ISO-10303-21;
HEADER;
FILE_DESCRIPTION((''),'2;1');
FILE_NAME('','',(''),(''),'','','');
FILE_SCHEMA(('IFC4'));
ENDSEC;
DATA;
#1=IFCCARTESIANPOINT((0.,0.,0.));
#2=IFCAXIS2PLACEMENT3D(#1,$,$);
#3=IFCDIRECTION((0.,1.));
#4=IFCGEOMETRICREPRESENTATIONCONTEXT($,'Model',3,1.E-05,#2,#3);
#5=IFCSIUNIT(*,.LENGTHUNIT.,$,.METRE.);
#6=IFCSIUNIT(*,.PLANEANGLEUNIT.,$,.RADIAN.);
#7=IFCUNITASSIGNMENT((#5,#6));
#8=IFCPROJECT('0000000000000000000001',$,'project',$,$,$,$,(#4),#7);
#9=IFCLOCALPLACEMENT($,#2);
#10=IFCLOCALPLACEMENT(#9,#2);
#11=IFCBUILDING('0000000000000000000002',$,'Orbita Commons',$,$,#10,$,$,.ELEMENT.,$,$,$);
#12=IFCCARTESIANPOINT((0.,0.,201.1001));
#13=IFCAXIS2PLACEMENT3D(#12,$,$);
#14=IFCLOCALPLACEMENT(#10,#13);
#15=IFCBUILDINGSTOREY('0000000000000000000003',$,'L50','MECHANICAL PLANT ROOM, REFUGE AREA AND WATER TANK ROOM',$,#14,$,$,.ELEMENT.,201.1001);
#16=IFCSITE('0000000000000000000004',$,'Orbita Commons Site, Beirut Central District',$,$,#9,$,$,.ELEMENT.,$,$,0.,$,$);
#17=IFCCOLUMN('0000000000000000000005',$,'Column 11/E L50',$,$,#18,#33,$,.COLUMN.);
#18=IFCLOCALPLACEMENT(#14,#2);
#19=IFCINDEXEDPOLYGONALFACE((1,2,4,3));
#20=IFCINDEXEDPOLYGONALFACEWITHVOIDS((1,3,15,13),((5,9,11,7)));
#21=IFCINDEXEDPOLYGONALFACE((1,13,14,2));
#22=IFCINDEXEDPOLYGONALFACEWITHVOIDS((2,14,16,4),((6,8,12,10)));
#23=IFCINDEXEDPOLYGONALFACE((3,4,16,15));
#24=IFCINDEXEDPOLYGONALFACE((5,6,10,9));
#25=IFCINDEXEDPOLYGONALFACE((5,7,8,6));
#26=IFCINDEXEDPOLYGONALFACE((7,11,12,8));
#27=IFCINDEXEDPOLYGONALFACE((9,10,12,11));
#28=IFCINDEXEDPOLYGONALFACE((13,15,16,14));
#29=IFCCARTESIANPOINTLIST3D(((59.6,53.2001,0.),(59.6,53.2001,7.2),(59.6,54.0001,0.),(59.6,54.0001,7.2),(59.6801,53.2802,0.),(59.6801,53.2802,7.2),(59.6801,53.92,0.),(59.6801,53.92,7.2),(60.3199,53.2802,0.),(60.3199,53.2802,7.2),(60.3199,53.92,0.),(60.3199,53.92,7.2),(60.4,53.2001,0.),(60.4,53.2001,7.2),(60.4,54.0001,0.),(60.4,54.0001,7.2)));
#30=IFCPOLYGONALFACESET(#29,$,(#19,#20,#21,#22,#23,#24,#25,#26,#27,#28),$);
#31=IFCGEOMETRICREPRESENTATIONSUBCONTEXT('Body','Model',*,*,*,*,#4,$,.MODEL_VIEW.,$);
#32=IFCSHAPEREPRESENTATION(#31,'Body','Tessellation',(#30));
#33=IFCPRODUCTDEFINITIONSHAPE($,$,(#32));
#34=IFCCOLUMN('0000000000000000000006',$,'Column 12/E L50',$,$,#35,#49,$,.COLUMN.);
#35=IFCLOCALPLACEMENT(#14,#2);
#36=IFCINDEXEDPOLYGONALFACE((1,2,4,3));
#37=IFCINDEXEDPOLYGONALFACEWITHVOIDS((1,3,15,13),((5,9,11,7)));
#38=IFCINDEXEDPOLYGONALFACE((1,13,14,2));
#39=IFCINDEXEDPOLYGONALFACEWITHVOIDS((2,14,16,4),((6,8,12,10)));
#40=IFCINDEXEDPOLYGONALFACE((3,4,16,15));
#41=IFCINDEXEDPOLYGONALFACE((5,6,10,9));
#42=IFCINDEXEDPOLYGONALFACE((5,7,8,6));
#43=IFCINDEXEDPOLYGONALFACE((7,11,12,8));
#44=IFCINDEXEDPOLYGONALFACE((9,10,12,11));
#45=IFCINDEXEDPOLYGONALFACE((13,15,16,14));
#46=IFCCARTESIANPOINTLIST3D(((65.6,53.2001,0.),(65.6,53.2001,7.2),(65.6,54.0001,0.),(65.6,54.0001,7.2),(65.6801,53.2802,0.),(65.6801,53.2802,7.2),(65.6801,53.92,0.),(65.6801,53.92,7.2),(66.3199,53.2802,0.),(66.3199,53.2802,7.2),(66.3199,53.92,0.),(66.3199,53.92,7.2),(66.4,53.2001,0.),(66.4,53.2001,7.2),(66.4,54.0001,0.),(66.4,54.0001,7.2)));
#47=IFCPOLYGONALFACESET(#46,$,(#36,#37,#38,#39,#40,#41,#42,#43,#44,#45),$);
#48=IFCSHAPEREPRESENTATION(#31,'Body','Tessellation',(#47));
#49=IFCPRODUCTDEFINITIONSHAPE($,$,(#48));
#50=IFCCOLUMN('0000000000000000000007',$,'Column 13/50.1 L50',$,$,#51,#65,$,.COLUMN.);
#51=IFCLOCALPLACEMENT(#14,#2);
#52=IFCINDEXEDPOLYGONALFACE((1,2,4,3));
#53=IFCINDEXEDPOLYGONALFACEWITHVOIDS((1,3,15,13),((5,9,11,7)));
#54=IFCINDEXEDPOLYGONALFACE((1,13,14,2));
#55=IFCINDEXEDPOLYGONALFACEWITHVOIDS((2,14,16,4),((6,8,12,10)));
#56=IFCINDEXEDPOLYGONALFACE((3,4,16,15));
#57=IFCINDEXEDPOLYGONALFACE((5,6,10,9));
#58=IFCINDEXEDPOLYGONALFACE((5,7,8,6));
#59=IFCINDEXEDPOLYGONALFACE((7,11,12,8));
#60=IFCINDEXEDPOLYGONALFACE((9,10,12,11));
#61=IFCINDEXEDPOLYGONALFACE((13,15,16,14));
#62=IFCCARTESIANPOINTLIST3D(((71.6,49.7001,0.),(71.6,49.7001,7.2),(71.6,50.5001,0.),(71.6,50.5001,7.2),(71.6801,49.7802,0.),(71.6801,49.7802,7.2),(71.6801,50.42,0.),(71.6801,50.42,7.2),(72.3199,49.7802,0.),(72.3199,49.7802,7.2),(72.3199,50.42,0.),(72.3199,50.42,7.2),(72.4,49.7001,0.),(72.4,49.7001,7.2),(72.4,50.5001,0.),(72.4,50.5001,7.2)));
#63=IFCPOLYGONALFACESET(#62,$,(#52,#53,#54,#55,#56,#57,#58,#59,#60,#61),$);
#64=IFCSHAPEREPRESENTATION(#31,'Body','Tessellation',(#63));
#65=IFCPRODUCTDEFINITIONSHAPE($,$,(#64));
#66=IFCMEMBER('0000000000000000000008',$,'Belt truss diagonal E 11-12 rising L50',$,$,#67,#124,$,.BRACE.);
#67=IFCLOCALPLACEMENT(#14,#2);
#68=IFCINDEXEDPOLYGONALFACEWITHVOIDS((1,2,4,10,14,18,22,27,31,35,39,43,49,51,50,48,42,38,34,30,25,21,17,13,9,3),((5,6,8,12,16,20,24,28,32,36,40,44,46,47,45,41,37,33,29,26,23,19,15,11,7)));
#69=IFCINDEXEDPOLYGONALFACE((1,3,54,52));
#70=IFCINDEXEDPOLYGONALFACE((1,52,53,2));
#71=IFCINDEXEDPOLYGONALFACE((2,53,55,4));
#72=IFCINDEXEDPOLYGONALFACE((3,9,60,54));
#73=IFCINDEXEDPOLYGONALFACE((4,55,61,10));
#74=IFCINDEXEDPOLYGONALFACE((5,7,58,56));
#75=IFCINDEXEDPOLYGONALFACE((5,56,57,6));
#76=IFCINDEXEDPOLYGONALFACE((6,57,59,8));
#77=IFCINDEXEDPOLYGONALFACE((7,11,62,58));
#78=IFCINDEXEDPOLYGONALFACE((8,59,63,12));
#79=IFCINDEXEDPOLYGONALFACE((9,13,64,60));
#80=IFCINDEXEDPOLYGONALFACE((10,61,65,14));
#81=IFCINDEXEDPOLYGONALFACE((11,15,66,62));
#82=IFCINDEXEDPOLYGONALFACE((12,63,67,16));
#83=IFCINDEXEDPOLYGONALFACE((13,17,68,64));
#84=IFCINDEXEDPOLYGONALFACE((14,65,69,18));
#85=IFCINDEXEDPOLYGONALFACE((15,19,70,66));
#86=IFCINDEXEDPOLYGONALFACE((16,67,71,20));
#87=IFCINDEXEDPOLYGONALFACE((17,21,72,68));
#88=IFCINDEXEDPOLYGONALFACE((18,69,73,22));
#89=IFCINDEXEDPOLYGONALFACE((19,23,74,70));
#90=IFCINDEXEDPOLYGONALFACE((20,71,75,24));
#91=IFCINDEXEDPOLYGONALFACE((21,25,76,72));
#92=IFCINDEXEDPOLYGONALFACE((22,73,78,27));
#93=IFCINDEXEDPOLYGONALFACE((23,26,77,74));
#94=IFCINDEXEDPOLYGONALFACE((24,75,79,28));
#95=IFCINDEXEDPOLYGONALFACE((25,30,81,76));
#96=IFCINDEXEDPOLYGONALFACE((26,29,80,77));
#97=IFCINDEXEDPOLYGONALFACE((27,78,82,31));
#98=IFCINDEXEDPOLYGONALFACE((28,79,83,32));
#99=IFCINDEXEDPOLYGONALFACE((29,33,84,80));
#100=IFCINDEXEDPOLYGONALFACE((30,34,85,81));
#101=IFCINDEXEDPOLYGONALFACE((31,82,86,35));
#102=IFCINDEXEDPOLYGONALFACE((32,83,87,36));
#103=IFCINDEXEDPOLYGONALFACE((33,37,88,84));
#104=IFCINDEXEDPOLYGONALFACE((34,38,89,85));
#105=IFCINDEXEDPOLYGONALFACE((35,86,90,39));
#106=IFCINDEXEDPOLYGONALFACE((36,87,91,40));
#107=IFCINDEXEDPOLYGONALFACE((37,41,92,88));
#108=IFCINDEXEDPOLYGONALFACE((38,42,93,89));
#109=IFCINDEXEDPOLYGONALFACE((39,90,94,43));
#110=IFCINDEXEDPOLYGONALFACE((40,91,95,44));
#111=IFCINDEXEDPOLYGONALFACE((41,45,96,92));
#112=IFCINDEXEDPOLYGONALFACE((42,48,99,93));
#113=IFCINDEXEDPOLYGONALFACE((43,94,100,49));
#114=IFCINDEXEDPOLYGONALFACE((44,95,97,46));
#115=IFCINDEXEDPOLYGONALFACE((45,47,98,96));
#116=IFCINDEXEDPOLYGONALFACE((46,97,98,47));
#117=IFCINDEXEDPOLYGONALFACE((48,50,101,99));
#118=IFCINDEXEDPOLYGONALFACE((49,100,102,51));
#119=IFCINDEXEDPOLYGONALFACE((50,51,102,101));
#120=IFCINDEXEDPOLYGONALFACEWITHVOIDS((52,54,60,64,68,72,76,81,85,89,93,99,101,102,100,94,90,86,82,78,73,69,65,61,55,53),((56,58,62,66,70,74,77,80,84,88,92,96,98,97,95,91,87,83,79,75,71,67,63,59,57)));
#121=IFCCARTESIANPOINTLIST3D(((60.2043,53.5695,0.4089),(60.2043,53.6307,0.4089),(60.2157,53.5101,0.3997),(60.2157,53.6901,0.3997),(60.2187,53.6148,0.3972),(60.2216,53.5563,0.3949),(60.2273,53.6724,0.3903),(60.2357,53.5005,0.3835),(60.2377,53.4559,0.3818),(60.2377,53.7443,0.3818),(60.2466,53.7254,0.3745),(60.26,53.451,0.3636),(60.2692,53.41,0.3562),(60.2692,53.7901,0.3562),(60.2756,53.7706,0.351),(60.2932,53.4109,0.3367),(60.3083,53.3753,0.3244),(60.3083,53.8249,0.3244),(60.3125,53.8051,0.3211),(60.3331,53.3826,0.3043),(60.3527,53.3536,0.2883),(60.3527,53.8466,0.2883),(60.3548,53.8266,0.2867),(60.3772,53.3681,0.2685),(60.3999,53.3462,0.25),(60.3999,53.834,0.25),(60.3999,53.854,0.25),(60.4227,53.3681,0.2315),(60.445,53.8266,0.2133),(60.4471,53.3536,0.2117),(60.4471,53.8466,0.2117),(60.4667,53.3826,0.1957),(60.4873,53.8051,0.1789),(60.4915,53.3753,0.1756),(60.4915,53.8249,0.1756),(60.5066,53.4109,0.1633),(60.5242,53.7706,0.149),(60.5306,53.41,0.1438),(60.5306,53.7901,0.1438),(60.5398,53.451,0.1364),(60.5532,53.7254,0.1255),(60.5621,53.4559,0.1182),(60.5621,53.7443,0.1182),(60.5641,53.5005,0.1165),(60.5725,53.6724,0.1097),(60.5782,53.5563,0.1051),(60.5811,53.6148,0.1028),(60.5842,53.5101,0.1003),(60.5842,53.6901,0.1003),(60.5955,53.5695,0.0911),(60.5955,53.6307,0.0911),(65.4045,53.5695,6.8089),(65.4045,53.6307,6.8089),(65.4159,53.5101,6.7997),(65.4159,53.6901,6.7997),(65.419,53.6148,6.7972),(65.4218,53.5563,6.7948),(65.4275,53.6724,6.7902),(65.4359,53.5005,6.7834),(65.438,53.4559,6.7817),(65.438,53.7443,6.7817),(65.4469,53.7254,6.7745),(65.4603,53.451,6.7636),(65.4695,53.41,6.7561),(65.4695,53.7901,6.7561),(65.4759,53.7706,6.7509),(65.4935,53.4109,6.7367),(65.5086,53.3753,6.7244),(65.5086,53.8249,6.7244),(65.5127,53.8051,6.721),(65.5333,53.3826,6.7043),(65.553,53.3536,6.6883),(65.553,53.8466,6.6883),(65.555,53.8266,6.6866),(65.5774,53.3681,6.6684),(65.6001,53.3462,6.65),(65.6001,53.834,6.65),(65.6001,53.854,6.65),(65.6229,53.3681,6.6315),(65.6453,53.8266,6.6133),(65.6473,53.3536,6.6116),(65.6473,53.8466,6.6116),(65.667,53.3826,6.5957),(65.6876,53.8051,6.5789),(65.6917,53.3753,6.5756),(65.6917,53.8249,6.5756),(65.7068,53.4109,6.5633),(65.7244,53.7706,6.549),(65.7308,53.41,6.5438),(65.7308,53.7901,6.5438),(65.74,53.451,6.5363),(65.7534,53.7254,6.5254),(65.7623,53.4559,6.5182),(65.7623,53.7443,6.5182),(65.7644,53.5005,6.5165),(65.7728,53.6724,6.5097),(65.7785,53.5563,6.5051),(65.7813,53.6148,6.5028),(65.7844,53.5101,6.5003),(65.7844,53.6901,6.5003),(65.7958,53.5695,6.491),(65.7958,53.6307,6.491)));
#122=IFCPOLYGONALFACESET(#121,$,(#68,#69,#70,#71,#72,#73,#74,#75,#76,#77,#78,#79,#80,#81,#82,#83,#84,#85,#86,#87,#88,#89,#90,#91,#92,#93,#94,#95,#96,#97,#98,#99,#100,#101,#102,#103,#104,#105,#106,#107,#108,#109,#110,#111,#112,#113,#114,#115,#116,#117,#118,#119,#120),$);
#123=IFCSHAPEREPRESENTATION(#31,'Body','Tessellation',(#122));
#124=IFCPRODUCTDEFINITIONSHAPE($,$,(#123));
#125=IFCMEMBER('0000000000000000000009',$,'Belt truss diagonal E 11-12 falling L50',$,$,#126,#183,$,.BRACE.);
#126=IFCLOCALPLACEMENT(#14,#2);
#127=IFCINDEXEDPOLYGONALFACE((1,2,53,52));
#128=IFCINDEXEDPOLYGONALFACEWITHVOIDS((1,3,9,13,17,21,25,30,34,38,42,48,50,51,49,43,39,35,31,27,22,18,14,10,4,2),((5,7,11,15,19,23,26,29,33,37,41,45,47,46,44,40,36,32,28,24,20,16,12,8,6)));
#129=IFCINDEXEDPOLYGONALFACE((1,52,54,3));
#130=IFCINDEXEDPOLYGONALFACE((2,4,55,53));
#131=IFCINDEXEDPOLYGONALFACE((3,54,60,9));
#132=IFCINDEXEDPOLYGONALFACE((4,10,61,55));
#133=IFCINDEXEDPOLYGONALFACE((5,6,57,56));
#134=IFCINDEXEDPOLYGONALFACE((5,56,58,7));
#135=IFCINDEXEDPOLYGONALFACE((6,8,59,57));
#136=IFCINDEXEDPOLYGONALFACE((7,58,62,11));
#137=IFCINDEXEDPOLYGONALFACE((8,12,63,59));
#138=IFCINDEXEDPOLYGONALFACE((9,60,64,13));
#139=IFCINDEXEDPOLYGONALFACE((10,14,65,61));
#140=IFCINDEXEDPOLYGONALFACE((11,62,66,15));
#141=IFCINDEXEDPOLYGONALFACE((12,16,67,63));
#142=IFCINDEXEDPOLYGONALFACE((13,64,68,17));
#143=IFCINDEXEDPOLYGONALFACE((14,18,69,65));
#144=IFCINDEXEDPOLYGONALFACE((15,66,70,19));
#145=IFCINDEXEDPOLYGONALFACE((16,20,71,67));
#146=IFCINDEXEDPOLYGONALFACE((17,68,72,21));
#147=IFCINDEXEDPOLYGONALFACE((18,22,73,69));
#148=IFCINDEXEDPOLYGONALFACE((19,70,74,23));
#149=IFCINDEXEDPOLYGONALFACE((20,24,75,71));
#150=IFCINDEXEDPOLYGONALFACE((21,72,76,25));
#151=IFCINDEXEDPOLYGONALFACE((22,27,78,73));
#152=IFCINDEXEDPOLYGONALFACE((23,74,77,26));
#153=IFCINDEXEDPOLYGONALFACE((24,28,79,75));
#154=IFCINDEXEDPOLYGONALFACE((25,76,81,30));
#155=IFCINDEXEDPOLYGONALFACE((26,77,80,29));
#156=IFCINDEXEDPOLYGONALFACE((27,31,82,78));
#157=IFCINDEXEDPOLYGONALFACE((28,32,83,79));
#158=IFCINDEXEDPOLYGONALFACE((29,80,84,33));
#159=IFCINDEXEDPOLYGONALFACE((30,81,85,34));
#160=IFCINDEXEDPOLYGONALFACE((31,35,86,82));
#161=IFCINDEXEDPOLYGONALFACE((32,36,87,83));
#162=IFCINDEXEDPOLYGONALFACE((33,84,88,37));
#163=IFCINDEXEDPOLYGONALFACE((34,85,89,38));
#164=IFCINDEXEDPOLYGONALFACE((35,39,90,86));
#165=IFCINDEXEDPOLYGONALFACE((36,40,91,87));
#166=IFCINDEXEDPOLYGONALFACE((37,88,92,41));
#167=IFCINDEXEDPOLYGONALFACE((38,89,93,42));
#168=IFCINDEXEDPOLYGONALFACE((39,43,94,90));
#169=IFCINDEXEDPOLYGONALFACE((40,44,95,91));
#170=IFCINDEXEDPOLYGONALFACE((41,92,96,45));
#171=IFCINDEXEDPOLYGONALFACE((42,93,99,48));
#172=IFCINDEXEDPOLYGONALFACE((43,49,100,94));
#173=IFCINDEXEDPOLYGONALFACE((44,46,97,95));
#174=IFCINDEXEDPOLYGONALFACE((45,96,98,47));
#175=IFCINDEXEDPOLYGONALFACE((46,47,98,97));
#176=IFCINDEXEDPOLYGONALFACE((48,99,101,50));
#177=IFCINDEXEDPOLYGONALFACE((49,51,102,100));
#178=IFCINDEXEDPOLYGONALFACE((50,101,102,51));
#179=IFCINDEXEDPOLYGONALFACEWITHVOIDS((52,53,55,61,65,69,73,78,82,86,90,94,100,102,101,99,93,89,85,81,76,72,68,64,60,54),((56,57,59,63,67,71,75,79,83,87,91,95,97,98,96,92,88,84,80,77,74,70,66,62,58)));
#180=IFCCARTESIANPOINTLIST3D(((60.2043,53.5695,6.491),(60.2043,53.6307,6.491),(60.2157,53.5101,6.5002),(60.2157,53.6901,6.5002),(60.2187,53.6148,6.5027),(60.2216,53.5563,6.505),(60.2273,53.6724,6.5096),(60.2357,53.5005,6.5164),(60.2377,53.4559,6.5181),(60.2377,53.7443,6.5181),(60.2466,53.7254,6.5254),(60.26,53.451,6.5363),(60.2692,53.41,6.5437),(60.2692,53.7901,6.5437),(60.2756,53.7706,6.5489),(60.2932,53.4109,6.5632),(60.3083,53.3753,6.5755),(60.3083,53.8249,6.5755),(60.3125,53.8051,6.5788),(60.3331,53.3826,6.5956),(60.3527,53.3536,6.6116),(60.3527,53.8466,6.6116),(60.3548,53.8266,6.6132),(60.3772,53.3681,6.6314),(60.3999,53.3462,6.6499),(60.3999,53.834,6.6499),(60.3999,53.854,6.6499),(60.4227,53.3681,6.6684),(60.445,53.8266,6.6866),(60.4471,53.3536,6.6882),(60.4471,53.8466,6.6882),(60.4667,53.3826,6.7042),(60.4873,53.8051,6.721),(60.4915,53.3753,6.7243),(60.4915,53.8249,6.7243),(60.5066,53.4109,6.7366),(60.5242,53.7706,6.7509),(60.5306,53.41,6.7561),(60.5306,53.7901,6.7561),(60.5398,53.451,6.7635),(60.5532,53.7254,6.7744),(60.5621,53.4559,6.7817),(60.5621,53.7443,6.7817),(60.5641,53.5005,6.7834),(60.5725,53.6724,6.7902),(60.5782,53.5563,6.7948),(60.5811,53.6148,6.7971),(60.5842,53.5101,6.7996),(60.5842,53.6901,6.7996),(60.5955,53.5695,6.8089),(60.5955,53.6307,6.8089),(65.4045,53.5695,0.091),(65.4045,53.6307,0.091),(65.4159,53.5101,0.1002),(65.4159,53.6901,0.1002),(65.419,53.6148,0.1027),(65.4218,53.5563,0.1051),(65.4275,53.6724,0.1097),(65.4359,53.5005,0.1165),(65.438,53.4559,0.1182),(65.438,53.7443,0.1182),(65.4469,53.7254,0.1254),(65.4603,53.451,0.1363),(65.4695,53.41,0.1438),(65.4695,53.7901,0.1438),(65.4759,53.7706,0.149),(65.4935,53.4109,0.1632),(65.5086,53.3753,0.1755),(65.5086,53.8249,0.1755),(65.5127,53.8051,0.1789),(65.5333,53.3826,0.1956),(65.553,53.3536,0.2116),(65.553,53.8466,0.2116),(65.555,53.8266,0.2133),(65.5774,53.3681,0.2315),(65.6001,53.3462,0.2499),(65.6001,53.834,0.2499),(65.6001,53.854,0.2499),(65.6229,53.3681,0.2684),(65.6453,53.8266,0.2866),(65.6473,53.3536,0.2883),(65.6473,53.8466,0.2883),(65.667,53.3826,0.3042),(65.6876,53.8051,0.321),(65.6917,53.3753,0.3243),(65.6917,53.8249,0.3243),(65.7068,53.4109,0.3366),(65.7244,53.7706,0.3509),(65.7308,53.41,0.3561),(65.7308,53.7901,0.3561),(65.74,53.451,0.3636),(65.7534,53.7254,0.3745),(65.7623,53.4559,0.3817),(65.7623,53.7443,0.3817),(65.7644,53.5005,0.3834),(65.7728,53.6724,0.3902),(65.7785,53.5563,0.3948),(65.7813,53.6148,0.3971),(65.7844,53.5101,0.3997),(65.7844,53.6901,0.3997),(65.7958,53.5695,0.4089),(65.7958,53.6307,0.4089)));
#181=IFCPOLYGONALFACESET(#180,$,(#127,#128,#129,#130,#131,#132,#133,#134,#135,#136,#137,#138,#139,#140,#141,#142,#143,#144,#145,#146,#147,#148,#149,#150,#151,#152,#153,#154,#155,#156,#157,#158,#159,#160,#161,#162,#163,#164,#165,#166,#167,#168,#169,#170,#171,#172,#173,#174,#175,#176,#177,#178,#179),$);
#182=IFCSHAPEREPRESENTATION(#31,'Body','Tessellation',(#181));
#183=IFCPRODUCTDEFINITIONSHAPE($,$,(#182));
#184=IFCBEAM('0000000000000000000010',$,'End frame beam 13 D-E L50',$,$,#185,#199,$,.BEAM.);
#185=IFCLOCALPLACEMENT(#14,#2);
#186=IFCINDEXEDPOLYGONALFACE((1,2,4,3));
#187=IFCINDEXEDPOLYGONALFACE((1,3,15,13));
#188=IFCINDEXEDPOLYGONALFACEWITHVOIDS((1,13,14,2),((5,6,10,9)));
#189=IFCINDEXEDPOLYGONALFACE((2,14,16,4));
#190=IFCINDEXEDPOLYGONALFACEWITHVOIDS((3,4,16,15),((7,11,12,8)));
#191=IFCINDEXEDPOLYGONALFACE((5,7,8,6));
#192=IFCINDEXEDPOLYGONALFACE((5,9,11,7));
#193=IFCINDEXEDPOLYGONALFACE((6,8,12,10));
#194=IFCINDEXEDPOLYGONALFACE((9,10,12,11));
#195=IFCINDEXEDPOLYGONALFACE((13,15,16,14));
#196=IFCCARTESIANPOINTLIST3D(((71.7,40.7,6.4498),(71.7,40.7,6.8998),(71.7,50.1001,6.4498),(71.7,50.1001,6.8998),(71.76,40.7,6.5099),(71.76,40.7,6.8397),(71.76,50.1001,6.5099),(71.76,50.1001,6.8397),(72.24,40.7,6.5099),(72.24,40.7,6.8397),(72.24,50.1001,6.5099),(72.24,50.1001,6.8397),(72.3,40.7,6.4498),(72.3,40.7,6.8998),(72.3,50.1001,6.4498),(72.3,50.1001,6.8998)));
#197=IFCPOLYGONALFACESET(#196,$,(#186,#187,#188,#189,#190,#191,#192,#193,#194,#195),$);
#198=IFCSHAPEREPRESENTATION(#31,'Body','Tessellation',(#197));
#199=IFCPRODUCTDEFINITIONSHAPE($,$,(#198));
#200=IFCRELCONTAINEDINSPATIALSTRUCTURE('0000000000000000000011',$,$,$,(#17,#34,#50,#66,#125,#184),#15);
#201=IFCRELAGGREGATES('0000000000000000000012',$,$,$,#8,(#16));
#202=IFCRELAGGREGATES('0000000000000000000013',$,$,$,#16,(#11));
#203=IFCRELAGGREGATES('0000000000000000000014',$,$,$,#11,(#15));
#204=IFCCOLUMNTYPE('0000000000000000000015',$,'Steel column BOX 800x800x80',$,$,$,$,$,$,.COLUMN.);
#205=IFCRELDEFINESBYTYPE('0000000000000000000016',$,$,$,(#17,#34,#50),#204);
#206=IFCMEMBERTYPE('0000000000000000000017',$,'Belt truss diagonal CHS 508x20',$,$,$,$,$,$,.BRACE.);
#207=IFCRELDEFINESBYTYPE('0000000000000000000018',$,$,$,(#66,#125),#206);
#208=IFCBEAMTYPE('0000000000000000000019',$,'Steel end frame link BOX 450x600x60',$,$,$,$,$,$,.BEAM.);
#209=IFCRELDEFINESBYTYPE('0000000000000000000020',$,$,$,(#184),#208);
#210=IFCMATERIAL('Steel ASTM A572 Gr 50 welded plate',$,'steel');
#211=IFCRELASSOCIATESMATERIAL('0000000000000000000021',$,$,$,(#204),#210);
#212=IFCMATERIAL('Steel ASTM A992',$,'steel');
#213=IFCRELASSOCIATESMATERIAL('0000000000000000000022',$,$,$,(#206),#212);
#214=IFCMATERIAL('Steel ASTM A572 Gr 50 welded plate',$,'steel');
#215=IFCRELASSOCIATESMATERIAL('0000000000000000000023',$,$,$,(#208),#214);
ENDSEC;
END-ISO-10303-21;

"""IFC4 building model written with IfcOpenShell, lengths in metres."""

from ifc_helpers import new_model, si_unit, direction, frame, origin, origin_2d, place, context, subcontext, project, spatial, hollow_rectangle, hollow_circle, extrude, material, material_profile, profile_set, type_object, element, save


model = new_model("IFC4")

# Units and contexts
model_context = context("Model", 3, precision=1e-05, world=origin(), true_north=direction((0.0, 1.0)))
body_context = subcontext(model_context, "Body", "Model", "MODEL_VIEW")
ifc_project = project(units=[si_unit("LENGTHUNIT", "METRE"), si_unit("PLANEANGLEUNIT", "RADIAN")], contexts=[model_context])

# Site, building, storey
site_placement = place(None, origin())
site = spatial("IfcSite", under=ifc_project, at=site_placement, Name="Orbita Commons Site, Beirut Central District", CompositionType="ELEMENT", RefElevation=0.0)
building_placement = place(site_placement, origin())
building = spatial("IfcBuilding", under=site, at=building_placement, Name="Orbita Commons", CompositionType="ELEMENT")
storey_placement = place(building_placement, frame((0.0, 0.0, 201.1001)))
storey = spatial("IfcBuildingStorey", under=building, at=storey_placement, Name="L50", Description="MECHANICAL PLANT ROOM, REFUGE AREA AND WATER TANK ROOM", CompositionType="ELEMENT", Elevation=201.1001)

# Columns
ifc_material_1 = material(Name="Steel ASTM A572 Gr 50 welded plate", Category="steel")
ifc_material_profile_1 = material_profile(ifc_material_1, hollow_rectangle(XDim=0.8, YDim=0.8, WallThickness=0.0801, at=origin_2d()), Name="BOX 800x800x80")
ifc_profile_set_1 = profile_set([ifc_material_profile_1], Name="Steel ASTM A572 Gr 50 welded plate")
column_type = type_object("IfcColumnType", Name="Steel column BOX 800x800x80", PredefinedType="COLUMN", material=ifc_profile_set_1)
for number, where, z_axis, x_axis, name in (
    (1, (60.0, 53.6001, 0.0), (0.0, 0.0, 1.0), (1.0, 0.0, 0.0), "Column 11/E L50"),
    (2, (66.0, 53.6001, 0.0), (0.0, 0.0, 1.0), (1.0, 0.0, 0.0), "Column 12/E L50"),
    (3, (72.0, 50.1001, 0.0), (0.0, 0.0, 1.0), (1.0, 0.0, 0.0), "Column 13/50.1 L50"),
):
    element("IfcColumn", number, at=place(storey_placement, frame(where, z_axis=z_axis, x_axis=x_axis)), inside=storey, type_object=column_type, Name=name, PredefinedType="COLUMN", context=body_context, shape_type="SweptSolid", body=[
        extrude(hollow_rectangle(XDim=0.8, YDim=0.8, WallThickness=0.0801, at=origin_2d()), origin(), (0.0, 0.0, 1.0), 7.2),
    ])

# Members
ifc_material_2 = material(Name="Steel ASTM A992", Category="steel")
ifc_material_profile_2 = material_profile(ifc_material_2, hollow_circle(Radius=0.2539, WallThickness=0.02, at=origin_2d()), Name="CHS 508x20")
ifc_profile_set_2 = profile_set([ifc_material_profile_2], Name="Steel ASTM A992")
member_type = type_object("IfcMemberType", Name="Belt truss diagonal CHS 508x20", PredefinedType="BRACE", material=ifc_profile_set_2)
for number, where, z_axis, x_axis, name in (
    (4, (60.3999, 53.6001, 0.25), (0.630613, 0.0, 0.776098), (0.0, 1.0, 0.0), "Belt truss diagonal E 11-12 rising L50"),
    (5, (60.3999, 53.6001, 6.6499), (0.630613, 0.0, -0.776098), (0.0, 1.0, 0.0), "Belt truss diagonal E 11-12 falling L50"),
):
    element("IfcMember", number, at=place(storey_placement, frame(where, z_axis=z_axis, x_axis=x_axis)), inside=storey, type_object=member_type, Name=name, PredefinedType="BRACE", context=body_context, shape_type="SweptSolid", body=[
        extrude(hollow_circle(Radius=0.2539, WallThickness=0.02, at=origin_2d()), origin(), (0.0, 0.0, 1.0), 8.2463),
    ])

# Beam
ifc_material_3 = material(Name="Steel ASTM A572 Gr 50 welded plate", Category="steel")
ifc_material_profile_3 = material_profile(ifc_material_3, hollow_rectangle(XDim=0.6001, YDim=0.45, WallThickness=0.0601, at=origin_2d()), Name="BOX 450x600x60")
ifc_profile_set_3 = profile_set([ifc_material_profile_3], Name="Steel ASTM A572 Gr 50 welded plate")
beam_type_1 = type_object("IfcBeamType", Name="Steel end frame link BOX 450x600x60", PredefinedType="BEAM", material=ifc_profile_set_3)
beam_1_placement = place(storey_placement, frame((72.0, 40.7, 6.6748), z_axis=(0.0, 1.0, 0.0), x_axis=(-1.0, 0.0, 0.0)))
element("IfcBeam", 6, at=beam_1_placement, inside=storey, type_object=beam_type_1, Name="End frame beam 13 D-E L50", PredefinedType="BEAM", context=body_context, shape_type="SweptSolid", body=[
    extrude(hollow_rectangle(XDim=0.6001, YDim=0.45, WallThickness=0.0601, at=origin_2d()), origin(), (0.0, 0.0, 1.0), 9.4001),
])

save(model, "model.ifc")
